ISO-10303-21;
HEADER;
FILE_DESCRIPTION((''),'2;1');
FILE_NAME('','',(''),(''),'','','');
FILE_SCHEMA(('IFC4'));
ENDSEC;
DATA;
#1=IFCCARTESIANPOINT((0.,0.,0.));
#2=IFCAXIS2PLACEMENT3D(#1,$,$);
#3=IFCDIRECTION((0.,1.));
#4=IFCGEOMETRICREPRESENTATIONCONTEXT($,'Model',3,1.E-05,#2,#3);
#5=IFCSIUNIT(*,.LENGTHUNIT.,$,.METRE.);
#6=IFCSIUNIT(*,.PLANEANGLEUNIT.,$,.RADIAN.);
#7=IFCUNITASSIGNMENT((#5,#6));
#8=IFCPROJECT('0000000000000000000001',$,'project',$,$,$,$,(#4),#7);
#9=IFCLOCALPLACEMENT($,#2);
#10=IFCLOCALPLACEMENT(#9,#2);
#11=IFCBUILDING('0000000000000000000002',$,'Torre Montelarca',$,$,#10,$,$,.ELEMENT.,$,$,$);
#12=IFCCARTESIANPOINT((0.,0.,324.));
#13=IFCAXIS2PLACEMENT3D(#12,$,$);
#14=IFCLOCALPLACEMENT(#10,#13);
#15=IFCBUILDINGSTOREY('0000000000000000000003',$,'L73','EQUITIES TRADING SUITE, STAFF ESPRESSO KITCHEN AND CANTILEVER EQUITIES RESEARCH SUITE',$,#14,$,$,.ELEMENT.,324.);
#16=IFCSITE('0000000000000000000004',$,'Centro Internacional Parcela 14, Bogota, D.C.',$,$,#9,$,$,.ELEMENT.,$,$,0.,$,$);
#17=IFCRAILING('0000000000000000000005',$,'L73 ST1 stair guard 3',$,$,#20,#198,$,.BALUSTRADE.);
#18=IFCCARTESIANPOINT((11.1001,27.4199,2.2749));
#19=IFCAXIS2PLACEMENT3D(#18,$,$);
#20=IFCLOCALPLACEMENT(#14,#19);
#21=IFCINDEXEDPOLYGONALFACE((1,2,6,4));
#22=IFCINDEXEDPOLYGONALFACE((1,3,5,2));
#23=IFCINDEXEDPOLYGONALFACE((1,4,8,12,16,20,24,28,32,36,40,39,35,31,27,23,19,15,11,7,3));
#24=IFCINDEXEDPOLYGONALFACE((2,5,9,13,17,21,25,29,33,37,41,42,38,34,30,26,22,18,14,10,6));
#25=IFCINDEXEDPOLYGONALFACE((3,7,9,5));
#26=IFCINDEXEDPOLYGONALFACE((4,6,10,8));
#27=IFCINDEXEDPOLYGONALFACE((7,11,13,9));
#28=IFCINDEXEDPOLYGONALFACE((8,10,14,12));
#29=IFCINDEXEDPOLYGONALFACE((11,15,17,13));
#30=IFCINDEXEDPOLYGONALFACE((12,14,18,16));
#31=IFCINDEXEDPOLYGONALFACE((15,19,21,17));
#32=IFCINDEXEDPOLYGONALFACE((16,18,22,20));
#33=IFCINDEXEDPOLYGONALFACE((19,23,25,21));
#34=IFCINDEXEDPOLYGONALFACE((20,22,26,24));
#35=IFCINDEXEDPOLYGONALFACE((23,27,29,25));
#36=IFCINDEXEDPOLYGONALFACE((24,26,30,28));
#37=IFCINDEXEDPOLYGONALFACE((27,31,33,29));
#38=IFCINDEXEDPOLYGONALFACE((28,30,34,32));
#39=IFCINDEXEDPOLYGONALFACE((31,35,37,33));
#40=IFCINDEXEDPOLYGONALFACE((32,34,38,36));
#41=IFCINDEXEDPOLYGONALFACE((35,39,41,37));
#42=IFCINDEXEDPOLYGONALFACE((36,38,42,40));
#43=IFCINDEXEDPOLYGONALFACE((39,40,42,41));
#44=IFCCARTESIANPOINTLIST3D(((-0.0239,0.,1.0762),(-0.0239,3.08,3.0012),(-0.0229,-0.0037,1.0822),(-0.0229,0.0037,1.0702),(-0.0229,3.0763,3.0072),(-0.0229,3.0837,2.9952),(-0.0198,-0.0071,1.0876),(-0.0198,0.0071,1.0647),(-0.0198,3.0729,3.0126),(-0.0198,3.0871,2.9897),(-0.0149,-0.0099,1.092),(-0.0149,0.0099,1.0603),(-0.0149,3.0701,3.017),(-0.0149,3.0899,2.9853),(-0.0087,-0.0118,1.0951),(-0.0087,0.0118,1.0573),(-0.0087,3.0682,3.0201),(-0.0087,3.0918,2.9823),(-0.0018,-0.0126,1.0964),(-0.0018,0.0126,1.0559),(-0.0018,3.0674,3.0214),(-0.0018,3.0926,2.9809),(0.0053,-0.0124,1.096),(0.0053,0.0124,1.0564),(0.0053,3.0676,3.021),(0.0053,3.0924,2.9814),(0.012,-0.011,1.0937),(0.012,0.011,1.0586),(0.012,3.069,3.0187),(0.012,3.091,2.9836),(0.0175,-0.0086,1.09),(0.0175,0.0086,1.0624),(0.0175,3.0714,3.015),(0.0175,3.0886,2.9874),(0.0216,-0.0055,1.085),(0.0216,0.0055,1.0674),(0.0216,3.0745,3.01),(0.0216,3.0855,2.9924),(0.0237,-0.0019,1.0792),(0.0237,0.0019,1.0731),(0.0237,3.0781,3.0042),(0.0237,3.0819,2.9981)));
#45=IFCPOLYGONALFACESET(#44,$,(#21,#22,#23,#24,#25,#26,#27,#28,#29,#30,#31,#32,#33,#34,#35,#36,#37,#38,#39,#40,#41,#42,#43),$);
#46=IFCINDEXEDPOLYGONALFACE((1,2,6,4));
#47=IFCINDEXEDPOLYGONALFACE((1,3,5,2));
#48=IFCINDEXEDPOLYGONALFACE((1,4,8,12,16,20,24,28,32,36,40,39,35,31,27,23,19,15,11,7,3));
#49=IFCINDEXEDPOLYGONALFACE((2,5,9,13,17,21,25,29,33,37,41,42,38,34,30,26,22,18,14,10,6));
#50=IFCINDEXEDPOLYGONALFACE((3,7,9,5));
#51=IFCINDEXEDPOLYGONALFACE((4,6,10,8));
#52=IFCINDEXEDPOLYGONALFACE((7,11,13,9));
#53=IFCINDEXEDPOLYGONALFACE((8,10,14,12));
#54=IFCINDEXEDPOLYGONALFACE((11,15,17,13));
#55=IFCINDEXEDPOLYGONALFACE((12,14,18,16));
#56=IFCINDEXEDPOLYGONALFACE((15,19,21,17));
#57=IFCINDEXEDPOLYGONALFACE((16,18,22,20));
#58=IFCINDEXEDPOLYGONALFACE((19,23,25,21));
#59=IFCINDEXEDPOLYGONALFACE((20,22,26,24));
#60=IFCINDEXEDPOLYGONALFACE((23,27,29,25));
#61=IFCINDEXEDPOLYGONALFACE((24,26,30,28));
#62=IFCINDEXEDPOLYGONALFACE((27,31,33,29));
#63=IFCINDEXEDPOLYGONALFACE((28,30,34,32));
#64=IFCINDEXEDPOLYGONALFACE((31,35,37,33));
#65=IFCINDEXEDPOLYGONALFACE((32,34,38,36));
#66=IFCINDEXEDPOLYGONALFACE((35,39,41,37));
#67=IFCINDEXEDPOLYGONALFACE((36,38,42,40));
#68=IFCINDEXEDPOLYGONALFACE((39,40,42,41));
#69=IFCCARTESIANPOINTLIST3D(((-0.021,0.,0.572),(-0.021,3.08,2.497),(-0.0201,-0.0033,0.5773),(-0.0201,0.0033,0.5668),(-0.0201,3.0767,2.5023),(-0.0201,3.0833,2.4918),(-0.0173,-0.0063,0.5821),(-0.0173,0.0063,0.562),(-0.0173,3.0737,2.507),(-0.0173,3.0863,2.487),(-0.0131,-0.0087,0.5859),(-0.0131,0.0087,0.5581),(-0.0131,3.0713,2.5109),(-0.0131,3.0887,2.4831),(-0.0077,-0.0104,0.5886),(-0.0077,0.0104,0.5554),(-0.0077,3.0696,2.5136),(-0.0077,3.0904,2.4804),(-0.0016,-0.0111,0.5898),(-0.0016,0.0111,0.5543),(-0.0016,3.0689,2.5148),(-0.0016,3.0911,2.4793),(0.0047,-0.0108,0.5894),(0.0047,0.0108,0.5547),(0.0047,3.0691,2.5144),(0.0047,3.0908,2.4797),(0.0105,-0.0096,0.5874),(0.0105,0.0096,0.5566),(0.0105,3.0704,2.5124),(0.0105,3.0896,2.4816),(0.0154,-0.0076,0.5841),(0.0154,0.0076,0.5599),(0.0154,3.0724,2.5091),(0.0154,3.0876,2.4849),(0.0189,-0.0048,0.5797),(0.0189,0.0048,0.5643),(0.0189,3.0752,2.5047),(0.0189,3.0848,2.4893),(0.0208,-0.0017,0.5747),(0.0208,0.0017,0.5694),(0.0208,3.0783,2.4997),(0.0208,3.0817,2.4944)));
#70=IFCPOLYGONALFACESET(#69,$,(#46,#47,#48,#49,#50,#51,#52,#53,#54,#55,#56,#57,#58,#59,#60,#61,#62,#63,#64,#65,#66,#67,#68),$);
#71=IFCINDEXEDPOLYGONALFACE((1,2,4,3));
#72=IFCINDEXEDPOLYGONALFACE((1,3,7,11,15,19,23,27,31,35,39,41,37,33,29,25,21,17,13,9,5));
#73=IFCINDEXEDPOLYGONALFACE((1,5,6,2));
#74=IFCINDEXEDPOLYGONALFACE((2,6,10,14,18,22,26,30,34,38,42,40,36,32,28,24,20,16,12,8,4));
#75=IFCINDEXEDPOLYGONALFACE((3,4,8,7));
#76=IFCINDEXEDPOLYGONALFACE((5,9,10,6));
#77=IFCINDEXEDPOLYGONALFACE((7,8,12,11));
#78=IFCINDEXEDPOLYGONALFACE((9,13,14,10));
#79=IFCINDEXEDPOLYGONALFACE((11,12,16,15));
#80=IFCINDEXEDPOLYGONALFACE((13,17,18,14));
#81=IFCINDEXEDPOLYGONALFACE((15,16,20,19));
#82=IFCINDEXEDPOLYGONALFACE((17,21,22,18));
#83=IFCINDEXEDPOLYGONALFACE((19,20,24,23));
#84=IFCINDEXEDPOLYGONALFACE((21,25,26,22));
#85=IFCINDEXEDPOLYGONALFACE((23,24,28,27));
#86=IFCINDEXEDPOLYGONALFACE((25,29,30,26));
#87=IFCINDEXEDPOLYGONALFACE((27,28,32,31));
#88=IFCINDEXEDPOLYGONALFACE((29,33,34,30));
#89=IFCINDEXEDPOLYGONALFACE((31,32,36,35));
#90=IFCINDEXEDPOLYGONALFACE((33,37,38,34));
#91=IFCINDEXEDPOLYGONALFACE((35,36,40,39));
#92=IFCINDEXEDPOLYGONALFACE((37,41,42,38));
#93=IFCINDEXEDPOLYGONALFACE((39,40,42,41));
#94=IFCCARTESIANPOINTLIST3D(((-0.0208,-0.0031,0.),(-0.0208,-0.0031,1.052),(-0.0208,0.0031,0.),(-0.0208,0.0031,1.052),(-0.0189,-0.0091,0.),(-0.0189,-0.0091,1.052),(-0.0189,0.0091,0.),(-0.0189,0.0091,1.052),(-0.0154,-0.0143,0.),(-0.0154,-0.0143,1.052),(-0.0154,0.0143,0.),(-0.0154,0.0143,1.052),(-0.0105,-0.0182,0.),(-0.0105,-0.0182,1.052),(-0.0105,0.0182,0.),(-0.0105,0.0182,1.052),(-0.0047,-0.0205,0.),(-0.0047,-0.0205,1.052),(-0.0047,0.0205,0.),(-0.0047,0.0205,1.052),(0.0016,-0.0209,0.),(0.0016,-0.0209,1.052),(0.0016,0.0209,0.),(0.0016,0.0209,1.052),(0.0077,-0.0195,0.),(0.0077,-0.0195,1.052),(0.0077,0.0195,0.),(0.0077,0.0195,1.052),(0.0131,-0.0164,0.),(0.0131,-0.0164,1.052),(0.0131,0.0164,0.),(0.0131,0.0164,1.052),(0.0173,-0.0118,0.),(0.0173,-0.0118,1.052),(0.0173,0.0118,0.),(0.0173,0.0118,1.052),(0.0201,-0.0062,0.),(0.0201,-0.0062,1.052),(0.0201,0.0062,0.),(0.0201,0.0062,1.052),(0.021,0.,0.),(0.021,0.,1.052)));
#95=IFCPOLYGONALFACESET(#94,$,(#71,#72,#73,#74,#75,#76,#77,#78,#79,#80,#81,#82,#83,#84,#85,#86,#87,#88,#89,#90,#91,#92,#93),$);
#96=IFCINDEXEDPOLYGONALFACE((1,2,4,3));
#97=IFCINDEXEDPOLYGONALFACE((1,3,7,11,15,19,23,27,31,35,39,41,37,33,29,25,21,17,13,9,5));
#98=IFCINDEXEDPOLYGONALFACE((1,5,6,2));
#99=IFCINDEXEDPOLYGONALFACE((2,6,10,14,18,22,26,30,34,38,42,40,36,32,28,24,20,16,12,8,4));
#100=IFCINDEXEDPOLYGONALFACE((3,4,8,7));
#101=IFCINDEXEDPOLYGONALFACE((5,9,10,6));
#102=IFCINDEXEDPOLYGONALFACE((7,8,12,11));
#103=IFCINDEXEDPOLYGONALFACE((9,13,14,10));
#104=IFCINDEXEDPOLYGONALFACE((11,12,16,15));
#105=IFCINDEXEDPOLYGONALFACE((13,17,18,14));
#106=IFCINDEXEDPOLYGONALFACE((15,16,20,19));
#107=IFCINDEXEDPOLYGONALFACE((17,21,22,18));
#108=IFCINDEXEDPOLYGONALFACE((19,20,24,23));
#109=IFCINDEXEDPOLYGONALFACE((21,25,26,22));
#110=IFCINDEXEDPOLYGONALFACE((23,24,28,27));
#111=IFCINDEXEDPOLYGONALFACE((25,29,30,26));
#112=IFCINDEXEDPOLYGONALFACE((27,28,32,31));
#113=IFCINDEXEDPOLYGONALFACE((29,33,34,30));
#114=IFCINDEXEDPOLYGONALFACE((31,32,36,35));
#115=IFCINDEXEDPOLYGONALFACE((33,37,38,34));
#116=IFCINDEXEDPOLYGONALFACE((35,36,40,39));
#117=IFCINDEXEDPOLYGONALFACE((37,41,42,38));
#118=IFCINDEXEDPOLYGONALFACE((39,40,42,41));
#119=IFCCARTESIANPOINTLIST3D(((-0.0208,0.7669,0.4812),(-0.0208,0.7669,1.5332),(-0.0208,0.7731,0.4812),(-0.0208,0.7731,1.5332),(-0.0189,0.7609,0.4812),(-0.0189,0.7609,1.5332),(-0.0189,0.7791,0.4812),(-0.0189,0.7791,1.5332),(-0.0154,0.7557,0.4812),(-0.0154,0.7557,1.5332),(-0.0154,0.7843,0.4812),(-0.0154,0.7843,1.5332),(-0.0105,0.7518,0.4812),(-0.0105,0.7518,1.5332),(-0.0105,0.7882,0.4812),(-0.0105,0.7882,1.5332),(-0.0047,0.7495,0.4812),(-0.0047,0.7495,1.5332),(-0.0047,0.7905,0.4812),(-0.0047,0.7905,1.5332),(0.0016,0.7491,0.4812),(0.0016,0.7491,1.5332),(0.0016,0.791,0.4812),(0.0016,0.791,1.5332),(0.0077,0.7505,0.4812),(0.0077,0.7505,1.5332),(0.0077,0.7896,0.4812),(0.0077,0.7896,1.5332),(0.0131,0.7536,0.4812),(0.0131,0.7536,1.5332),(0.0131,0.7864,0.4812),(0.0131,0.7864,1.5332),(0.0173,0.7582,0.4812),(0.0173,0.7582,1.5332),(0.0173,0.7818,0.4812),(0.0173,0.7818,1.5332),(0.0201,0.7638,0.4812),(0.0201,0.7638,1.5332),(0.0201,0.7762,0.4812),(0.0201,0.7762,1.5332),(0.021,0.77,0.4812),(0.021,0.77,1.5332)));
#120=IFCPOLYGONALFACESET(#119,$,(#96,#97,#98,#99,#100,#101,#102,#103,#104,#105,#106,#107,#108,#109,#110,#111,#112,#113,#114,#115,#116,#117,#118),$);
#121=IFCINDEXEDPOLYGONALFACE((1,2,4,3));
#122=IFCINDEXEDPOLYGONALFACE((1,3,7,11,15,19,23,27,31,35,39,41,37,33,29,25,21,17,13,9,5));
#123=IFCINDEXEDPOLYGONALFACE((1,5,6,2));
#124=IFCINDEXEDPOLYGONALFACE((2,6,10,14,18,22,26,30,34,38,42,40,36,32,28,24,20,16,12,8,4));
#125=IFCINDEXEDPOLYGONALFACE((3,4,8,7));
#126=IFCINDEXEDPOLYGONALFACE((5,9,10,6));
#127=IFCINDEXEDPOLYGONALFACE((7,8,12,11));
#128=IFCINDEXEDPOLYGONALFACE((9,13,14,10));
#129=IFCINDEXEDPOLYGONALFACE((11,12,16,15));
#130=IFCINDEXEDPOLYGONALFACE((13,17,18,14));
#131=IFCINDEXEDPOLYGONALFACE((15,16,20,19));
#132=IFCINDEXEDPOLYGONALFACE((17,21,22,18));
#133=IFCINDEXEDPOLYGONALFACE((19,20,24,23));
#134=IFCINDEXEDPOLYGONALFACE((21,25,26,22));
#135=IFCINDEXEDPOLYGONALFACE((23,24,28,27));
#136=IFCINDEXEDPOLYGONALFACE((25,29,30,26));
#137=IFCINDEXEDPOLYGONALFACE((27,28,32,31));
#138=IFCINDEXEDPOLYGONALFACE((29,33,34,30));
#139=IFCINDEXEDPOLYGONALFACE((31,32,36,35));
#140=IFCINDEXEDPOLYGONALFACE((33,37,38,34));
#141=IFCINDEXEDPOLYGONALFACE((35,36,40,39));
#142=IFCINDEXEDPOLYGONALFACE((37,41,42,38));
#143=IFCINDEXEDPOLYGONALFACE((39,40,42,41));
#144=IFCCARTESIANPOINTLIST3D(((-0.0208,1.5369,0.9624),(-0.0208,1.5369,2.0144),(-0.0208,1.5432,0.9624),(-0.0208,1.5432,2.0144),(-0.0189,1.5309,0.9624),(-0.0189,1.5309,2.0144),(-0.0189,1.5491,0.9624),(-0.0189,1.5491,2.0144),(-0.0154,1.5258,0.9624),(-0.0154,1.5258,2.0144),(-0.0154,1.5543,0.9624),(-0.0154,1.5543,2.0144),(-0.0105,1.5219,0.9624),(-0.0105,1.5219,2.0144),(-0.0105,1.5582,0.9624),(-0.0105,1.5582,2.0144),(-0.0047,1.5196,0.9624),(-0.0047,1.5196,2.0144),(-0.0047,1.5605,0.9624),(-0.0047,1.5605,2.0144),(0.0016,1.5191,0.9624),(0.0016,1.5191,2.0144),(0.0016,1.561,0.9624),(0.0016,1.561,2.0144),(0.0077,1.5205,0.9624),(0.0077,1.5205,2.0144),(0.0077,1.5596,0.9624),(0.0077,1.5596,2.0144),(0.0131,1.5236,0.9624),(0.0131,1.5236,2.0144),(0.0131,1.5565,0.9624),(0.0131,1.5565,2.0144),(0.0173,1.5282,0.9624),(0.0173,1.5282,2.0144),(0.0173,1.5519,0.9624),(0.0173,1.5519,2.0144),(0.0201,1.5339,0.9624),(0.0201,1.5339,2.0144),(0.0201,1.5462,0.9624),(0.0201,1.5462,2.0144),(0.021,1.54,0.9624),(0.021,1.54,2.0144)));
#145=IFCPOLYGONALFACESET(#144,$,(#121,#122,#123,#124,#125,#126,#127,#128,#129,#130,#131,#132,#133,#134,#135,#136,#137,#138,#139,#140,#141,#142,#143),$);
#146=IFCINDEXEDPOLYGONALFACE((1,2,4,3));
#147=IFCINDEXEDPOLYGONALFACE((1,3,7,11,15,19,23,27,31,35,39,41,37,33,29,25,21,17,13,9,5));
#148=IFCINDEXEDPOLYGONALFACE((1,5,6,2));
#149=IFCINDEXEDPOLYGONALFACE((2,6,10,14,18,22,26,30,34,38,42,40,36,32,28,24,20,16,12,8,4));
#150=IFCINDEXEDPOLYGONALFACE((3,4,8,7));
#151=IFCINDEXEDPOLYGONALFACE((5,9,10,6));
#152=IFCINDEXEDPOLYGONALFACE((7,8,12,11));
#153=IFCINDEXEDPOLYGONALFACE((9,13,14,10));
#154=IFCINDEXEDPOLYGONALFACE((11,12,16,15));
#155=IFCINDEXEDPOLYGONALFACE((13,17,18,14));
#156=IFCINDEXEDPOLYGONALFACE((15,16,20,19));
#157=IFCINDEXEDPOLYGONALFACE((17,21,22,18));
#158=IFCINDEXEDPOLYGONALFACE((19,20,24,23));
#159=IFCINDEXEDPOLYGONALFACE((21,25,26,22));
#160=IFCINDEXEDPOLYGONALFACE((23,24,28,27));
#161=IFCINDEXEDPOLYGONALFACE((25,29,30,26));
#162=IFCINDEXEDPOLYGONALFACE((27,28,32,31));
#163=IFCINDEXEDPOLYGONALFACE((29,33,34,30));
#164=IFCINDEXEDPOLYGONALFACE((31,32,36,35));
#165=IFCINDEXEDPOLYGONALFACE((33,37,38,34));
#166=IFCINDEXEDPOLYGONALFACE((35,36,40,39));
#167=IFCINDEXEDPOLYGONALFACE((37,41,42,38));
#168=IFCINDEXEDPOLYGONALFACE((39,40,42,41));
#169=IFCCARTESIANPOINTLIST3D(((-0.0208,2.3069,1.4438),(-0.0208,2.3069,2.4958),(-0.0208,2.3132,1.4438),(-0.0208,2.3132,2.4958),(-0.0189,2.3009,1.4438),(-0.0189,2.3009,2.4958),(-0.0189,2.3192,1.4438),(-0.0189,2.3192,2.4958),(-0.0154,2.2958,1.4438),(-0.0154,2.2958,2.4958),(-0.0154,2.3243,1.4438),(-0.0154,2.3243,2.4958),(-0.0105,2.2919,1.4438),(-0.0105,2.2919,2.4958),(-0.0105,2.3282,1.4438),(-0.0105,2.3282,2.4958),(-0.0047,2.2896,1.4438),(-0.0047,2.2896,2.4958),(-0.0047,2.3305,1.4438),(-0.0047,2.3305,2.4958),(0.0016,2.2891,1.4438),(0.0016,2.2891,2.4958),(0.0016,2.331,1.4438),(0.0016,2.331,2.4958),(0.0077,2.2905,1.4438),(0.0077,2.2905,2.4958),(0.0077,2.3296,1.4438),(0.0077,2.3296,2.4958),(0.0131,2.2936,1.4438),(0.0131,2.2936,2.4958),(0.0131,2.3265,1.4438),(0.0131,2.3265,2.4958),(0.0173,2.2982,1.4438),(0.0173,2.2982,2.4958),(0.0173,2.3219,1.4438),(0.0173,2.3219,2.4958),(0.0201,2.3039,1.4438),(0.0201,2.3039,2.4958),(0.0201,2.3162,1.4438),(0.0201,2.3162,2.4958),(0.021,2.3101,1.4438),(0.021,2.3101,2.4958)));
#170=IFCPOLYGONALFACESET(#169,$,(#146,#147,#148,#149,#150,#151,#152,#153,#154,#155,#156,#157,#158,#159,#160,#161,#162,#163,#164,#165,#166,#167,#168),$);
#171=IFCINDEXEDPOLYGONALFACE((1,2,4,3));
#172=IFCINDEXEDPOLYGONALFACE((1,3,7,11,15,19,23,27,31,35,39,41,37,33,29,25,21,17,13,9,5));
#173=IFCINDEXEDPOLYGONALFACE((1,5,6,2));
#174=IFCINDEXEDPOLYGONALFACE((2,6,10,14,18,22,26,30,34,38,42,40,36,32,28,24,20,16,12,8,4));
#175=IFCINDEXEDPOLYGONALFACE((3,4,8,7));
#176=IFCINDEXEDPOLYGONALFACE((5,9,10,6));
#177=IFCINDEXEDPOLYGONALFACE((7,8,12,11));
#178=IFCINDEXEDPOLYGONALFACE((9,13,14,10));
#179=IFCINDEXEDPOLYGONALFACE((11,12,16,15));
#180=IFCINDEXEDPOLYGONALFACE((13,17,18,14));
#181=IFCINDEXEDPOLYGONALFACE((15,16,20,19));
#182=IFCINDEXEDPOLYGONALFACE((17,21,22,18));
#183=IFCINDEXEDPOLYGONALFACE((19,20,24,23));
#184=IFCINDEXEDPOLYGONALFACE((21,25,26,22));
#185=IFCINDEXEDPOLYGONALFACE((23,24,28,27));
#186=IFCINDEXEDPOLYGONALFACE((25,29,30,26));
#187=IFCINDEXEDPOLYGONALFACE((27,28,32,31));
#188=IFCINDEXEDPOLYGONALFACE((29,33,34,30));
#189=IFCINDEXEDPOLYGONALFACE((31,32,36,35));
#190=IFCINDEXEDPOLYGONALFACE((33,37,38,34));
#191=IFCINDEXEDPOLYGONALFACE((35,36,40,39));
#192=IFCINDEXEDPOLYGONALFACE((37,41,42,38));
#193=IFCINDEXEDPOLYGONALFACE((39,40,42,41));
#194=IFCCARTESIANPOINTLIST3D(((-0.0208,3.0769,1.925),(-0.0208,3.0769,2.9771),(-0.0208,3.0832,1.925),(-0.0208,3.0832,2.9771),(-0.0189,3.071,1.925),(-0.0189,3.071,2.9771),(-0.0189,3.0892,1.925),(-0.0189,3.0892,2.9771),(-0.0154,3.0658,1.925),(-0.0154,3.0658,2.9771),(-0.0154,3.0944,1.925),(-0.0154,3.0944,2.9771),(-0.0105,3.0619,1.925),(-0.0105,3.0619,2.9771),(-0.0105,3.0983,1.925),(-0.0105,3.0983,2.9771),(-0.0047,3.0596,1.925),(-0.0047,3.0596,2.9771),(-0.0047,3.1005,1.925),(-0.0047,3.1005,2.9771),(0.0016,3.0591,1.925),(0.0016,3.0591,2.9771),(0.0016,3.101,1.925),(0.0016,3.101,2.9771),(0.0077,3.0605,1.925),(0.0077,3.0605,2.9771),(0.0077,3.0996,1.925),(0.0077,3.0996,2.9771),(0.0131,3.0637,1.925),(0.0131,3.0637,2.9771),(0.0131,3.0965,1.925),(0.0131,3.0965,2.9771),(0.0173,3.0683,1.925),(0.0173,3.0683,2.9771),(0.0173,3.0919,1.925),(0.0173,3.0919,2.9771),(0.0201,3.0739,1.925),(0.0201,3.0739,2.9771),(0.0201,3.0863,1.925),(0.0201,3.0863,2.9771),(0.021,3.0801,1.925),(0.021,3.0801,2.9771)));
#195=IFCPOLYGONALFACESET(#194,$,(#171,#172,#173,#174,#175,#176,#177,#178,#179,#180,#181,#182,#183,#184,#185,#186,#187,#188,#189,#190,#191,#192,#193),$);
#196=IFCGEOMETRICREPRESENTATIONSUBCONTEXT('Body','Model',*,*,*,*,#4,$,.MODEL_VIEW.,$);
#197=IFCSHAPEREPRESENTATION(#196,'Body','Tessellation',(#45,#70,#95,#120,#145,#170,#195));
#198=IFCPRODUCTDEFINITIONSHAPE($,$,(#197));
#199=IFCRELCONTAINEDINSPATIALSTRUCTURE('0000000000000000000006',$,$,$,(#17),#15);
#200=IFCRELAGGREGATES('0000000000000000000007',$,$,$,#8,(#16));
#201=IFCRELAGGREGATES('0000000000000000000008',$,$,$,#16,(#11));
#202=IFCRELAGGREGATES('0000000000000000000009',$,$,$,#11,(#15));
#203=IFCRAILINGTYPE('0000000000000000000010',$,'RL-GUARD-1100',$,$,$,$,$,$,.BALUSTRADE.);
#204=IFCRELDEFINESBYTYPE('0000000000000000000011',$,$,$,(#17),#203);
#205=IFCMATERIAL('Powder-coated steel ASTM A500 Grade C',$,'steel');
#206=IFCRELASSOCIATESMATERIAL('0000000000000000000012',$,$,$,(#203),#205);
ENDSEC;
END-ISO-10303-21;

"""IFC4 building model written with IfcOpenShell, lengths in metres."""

from ifc_helpers import new_model, si_unit, direction, frame, origin, origin_2d, place, context, subcontext, project, spatial, circle, extrude, material, type_object, element, save


model = new_model("IFC4")

# Units and contexts
model_context = context("Model", 3, precision=1e-05, world=origin(), true_north=direction((0.0, 1.0)))
body_context = subcontext(model_context, "Body", "Model", "MODEL_VIEW")
ifc_project = project(units=[si_unit("LENGTHUNIT", "METRE"), si_unit("PLANEANGLEUNIT", "RADIAN")], contexts=[model_context])

# Site, building, storey
site_placement = place(None, origin())
site = spatial("IfcSite", under=ifc_project, at=site_placement, Name="Centro Internacional Parcela 14, Bogota, D.C.", CompositionType="ELEMENT", RefElevation=0.0)
building_placement = place(site_placement, origin())
building = spatial("IfcBuilding", under=site, at=building_placement, Name="Torre Montelarca", CompositionType="ELEMENT")
storey_placement = place(building_placement, frame((0.0, 0.0, 324.0)))
storey = spatial("IfcBuildingStorey", under=building, at=storey_placement, Name="L73", Description="EQUITIES TRADING SUITE, STAFF ESPRESSO KITCHEN AND CANTILEVER EQUITIES RESEARCH SUITE", CompositionType="ELEMENT", Elevation=324.0)

# Railing
ifc_material_1 = material(Name="Powder-coated steel ASTM A500 Grade C", Category="steel")
railing_type_1 = type_object("IfcRailingType", Name="RL-GUARD-1100", PredefinedType="BALUSTRADE", material=ifc_material_1)
railing_1_placement = place(storey_placement, frame((11.1001, 27.4199, 2.2749)))
element("IfcRailing", 1, at=railing_1_placement, inside=storey, type_object=railing_type_1, Name="L73 ST1 stair guard 3", PredefinedType="BALUSTRADE", context=body_context, shape_type="SweptSolid", body=[
    extrude(circle(Radius=0.0239, at=origin_2d()), frame((0.0, 0.0, 1.0762), z_axis=(0.0, 0.847998, 0.529999), x_axis=(-1.0, 0.0, 0.0)), (0.0, 0.0, 1.0), 3.6321),
    extrude(circle(Radius=0.021, at=origin_2d()), frame((0.0, 0.0, 0.572), z_axis=(0.0, 0.847998, 0.529999), x_axis=(-1.0, 0.0, 0.0)), (0.0, 0.0, 1.0), 3.6321),
    extrude(circle(Radius=0.021, at=origin_2d()), origin(), (0.0, 0.0, 1.0), 1.052),
    extrude(circle(Radius=0.021, at=origin_2d()), frame((0.0, 0.77, 0.4812)), (0.0, 0.0, 1.0), 1.052),
    extrude(circle(Radius=0.021, at=origin_2d()), frame((0.0, 1.54, 0.9624)), (0.0, 0.0, 1.0), 1.052),
    extrude(circle(Radius=0.021, at=origin_2d()), frame((0.0, 2.3101, 1.4438)), (0.0, 0.0, 1.0), 1.052),
    extrude(circle(Radius=0.021, at=origin_2d()), frame((0.0, 3.0801, 1.925)), (0.0, 0.0, 1.0), 1.052),
])

save(model, "model.ifc")
